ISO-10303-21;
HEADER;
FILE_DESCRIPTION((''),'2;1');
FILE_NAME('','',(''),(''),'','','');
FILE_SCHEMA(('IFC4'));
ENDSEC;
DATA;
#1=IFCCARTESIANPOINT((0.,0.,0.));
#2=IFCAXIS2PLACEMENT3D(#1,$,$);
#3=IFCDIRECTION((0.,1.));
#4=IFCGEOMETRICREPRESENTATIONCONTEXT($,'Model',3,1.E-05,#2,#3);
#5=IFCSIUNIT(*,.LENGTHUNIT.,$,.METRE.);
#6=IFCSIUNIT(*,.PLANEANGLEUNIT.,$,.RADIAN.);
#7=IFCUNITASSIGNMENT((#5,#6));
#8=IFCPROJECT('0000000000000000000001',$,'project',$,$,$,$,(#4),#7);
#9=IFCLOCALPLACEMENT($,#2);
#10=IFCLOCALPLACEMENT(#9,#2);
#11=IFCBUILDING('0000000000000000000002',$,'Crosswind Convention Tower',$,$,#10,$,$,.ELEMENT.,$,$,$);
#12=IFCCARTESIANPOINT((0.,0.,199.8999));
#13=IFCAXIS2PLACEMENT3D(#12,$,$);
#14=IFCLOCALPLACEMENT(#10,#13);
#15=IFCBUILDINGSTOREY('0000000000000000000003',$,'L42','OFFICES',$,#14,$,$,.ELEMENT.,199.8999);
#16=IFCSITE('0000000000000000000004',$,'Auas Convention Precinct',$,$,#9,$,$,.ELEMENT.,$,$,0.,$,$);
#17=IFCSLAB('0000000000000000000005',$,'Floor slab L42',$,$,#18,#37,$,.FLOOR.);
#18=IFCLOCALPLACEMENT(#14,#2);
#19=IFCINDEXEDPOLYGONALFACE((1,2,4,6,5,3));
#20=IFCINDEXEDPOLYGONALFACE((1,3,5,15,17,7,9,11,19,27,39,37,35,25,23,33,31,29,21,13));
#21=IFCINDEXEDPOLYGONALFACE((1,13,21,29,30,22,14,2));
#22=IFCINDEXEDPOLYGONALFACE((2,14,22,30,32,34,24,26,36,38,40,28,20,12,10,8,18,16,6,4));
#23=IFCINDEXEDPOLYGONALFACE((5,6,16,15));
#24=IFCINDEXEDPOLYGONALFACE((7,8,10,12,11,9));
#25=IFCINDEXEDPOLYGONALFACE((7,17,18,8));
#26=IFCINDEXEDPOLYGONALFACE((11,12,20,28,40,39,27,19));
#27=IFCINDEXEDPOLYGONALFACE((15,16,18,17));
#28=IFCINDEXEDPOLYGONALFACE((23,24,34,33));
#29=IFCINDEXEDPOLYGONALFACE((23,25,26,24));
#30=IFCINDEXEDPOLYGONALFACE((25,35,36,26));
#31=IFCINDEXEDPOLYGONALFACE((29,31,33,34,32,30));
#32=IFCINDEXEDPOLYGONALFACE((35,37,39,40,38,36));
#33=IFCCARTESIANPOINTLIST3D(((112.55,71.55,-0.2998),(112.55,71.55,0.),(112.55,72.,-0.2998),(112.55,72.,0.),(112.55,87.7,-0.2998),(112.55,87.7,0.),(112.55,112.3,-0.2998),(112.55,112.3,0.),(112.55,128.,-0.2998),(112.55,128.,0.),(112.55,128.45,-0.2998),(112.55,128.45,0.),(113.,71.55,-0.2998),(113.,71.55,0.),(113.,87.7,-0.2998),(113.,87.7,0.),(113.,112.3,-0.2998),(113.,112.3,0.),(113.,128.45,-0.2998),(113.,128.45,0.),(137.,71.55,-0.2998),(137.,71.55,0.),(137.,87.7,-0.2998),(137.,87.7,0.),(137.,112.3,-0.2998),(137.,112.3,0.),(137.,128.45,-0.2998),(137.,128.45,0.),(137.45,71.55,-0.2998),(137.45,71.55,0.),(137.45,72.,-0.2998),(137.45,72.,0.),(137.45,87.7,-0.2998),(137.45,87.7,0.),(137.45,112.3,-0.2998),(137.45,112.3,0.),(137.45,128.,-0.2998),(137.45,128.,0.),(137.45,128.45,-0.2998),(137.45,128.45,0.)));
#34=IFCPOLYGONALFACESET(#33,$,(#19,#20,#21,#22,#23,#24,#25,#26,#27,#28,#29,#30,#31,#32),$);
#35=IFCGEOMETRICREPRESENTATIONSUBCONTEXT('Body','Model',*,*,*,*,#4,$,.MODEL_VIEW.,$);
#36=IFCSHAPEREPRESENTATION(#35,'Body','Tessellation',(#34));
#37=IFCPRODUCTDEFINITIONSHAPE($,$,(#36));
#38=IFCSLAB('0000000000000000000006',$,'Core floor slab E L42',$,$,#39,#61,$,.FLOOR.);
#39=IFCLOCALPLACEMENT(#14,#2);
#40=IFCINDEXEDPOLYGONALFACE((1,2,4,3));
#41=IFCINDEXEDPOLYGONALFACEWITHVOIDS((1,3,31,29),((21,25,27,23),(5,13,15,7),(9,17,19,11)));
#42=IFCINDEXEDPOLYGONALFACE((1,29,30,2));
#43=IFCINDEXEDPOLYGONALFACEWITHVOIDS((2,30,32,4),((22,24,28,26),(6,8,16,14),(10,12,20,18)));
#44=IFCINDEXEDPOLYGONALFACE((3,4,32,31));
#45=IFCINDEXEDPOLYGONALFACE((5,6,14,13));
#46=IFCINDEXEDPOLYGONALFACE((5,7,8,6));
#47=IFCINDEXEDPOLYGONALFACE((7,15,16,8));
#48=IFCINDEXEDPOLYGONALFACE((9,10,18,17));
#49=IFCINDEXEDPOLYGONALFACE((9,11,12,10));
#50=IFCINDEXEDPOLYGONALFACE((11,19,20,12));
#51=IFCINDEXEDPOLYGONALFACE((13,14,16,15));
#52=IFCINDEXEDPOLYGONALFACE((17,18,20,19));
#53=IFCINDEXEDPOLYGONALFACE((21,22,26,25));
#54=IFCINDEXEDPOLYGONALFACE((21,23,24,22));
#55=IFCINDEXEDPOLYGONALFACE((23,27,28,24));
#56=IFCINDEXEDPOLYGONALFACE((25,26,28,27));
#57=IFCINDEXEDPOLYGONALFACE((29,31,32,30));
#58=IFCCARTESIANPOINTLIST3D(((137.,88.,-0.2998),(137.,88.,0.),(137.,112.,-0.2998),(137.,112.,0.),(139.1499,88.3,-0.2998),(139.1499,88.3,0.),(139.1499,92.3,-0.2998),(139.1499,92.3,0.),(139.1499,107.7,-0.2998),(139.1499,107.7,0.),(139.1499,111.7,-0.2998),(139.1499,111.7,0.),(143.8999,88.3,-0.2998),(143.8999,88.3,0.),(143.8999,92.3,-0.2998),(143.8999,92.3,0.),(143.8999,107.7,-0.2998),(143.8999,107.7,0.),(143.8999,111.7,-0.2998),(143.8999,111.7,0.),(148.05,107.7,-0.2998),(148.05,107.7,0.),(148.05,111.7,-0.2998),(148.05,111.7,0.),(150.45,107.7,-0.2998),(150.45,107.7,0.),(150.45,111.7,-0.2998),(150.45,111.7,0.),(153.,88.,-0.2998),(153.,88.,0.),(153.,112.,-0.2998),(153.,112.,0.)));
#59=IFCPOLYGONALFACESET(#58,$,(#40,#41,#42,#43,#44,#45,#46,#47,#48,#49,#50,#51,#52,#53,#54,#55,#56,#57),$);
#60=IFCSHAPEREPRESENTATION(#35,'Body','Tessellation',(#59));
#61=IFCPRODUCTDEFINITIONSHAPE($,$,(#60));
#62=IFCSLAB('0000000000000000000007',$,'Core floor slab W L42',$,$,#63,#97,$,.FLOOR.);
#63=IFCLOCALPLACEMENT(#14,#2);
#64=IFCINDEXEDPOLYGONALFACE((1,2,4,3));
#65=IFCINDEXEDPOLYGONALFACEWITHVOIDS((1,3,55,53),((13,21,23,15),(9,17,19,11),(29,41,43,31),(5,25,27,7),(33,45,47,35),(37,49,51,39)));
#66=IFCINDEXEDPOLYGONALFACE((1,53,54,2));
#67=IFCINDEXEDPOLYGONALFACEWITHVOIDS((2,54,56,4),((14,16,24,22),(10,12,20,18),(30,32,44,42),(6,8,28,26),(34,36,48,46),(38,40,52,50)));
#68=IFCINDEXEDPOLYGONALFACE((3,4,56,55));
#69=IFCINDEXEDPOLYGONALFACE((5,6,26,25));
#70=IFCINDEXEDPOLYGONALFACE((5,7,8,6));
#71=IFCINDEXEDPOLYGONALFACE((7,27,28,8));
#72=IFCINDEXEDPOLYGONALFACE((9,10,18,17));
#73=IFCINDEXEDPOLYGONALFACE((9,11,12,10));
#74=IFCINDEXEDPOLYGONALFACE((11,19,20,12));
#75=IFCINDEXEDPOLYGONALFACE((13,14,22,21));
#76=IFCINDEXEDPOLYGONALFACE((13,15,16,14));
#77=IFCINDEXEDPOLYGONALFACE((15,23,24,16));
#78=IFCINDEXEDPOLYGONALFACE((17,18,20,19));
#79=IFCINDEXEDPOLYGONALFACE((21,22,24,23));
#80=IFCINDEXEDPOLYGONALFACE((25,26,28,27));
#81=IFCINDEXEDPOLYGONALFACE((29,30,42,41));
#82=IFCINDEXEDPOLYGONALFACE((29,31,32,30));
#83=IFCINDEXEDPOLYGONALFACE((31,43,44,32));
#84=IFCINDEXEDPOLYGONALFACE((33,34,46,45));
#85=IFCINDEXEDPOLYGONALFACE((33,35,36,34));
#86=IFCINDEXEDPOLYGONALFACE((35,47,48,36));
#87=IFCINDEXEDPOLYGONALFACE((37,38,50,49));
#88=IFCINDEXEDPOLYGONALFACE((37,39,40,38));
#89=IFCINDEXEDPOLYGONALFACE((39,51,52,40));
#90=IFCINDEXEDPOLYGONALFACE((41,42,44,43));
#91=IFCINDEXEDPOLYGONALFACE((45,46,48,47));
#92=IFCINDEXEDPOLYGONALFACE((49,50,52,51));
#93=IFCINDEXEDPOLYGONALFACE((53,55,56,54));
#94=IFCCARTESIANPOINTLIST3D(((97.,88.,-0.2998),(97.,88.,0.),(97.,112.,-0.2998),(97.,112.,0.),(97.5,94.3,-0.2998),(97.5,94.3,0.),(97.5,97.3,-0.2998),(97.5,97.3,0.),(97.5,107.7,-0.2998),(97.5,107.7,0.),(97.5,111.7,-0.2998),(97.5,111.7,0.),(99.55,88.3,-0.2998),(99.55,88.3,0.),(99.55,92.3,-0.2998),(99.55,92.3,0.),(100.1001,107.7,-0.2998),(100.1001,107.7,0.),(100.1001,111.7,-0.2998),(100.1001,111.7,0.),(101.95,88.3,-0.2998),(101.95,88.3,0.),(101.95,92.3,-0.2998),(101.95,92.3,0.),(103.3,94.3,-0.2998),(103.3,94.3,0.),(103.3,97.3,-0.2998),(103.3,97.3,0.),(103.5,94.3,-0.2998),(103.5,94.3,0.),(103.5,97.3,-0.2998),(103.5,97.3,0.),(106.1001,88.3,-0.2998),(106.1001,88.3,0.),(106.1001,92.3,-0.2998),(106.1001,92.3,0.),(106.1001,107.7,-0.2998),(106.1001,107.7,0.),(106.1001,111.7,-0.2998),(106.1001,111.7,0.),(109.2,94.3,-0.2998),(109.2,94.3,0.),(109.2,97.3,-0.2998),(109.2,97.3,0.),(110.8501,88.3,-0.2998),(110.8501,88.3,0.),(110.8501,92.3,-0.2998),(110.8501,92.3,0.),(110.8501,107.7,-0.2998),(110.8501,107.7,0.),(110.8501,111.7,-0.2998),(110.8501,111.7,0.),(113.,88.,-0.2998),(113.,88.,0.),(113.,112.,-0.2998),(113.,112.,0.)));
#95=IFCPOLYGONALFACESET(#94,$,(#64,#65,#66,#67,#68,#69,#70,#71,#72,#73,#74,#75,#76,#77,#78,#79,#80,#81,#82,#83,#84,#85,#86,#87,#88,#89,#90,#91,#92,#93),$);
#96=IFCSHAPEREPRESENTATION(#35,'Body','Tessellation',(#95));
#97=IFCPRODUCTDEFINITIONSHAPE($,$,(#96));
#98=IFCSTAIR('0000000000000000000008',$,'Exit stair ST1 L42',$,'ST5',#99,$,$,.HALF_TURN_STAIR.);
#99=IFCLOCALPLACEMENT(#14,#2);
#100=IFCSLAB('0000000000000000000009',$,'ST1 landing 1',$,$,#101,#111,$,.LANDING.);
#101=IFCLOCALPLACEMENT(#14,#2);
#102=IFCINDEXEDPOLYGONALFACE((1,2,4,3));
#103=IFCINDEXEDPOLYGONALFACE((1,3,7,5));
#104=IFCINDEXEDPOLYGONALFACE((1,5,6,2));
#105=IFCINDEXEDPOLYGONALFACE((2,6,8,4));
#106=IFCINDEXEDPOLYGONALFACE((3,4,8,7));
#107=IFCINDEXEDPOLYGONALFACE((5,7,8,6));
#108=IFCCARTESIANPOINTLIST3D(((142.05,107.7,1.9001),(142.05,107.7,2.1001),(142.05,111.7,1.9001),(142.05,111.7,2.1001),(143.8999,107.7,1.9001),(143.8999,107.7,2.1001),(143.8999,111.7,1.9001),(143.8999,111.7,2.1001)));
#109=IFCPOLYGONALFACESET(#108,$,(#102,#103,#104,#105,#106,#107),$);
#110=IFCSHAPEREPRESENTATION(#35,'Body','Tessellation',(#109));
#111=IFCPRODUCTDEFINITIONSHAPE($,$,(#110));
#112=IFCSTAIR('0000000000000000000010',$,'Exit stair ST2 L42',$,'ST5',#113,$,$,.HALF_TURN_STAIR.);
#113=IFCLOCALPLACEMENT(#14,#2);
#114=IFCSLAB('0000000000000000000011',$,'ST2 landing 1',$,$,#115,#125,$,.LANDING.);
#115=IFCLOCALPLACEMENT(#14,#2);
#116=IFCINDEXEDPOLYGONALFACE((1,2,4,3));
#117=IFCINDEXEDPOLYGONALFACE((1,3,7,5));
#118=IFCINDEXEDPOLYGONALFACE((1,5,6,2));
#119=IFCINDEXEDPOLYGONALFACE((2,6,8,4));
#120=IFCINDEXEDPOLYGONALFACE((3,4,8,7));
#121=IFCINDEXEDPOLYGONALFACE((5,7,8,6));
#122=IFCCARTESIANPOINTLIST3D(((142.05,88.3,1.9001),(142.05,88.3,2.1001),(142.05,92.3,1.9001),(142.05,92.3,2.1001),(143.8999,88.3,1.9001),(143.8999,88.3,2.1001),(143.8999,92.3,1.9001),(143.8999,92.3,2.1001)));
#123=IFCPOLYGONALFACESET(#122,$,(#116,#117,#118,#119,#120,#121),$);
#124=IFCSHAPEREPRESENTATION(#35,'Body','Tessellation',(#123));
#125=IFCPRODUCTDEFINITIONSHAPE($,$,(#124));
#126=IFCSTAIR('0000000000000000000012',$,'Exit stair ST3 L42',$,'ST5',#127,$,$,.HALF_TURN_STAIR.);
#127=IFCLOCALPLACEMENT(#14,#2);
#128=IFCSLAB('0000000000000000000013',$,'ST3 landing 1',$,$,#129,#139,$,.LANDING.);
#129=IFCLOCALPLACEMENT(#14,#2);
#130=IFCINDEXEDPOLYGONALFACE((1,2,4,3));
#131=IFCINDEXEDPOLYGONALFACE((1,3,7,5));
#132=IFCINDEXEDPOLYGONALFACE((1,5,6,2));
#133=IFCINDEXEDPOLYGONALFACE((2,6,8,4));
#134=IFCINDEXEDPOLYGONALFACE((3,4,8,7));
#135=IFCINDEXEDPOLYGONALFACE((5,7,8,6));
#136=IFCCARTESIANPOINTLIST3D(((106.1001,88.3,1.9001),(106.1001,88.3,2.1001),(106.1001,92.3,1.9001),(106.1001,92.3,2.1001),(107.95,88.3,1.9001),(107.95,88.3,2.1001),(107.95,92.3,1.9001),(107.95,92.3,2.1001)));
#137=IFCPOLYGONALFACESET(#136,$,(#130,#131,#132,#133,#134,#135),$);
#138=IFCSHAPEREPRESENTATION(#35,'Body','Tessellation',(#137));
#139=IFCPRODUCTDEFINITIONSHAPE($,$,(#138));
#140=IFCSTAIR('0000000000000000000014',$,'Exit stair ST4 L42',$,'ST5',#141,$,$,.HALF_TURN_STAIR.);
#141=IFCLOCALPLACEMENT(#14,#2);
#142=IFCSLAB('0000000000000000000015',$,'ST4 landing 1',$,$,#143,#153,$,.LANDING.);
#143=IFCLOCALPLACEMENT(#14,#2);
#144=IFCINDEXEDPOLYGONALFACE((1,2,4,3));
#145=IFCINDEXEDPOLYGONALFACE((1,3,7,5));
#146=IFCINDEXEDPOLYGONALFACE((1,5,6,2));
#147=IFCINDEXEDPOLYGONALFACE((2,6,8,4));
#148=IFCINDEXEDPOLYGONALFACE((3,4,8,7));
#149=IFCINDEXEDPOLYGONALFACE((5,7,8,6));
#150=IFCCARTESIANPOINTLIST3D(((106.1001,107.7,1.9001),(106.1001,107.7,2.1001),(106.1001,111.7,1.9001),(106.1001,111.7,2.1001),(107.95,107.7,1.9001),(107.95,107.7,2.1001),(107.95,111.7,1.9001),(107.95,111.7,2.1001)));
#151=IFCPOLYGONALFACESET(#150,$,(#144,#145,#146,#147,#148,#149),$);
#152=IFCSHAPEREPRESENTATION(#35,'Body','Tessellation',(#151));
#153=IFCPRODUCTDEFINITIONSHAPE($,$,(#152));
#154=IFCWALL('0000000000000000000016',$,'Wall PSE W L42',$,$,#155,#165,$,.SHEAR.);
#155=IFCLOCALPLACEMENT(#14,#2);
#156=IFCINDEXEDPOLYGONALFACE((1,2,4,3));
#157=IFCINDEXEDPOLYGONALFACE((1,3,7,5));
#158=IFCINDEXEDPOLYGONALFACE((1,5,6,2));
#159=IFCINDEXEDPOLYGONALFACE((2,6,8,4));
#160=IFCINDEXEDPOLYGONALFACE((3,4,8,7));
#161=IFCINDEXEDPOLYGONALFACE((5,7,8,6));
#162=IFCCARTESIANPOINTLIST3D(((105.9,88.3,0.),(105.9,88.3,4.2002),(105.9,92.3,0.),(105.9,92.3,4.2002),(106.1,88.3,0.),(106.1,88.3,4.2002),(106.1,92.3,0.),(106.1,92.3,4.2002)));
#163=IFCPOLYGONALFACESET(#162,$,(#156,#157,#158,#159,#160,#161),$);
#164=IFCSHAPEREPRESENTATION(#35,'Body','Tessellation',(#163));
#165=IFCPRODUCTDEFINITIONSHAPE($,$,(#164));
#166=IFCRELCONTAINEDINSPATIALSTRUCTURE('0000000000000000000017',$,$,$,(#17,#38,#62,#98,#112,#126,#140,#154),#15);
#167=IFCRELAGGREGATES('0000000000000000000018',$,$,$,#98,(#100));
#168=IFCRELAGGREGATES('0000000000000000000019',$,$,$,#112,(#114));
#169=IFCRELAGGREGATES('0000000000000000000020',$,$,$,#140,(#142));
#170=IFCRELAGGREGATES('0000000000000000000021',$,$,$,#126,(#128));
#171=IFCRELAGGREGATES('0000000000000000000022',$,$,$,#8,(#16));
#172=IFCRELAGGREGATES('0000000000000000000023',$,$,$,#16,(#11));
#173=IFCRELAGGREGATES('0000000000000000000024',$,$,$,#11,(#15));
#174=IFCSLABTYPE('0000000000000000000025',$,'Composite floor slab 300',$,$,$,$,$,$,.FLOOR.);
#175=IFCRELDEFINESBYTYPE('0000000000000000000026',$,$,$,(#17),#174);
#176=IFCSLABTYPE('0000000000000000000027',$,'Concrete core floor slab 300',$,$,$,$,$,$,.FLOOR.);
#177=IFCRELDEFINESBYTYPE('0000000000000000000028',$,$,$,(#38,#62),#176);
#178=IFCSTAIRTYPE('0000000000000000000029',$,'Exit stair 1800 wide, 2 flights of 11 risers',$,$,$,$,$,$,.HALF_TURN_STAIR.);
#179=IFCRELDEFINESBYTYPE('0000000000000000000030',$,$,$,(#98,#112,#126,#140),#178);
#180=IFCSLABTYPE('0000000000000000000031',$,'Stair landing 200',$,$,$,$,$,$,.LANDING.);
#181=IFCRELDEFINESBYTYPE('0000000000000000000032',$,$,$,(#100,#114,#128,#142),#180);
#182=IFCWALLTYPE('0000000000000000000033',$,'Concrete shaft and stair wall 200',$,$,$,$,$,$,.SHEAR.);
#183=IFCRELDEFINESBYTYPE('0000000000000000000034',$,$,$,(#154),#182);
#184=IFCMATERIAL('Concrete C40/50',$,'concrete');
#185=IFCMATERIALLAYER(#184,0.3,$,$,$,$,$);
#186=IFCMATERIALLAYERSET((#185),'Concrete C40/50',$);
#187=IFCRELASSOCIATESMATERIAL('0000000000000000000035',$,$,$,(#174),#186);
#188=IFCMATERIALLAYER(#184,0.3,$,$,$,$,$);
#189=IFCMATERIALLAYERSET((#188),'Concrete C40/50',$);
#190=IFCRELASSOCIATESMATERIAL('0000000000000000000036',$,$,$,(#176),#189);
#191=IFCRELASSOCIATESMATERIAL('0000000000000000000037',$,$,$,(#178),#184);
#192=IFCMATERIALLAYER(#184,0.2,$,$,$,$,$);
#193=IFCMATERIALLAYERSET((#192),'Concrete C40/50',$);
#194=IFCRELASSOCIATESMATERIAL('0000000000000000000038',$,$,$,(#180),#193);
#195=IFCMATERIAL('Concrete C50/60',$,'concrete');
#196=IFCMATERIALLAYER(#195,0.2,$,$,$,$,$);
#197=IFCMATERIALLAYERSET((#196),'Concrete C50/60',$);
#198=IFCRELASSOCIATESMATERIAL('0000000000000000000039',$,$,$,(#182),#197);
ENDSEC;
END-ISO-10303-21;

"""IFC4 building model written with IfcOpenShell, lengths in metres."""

from ifc_helpers import new_model, si_unit, direction, frame, frame_2d, origin, place, context, subcontext, project, spatial, polyline, rectangle, outline, extrude, material, layer, layer_set, type_object, element, aggregate, save


model = new_model("IFC4")

# Units and contexts
model_context = context("Model", 3, precision=1e-05, world=origin(), true_north=direction((0.0, 1.0)))
body_context = subcontext(model_context, "Body", "Model", "MODEL_VIEW")
ifc_project = project(units=[si_unit("LENGTHUNIT", "METRE"), si_unit("PLANEANGLEUNIT", "RADIAN")], contexts=[model_context])

# Site, building, storey
site_placement = place(None, origin())
site = spatial("IfcSite", under=ifc_project, at=site_placement, Name="Auas Convention Precinct", CompositionType="ELEMENT", RefElevation=0.0)
building_placement = place(site_placement, origin())
building = spatial("IfcBuilding", under=site, at=building_placement, Name="Crosswind Convention Tower", CompositionType="ELEMENT")
storey_placement = place(building_placement, frame((0.0, 0.0, 199.8999)))
storey = spatial("IfcBuildingStorey", under=building, at=storey_placement, Name="L42", Description="OFFICES", CompositionType="ELEMENT", Elevation=199.8999)

# Slabs
ifc_material_1 = material(Name="Concrete C40/50", Category="concrete")
ifc_layer_1 = layer(ifc_material_1, 0.3)
ifc_layer_set_1 = layer_set([ifc_layer_1], Name="Concrete C40/50")
slab_type_1 = type_object("IfcSlabType", Name="Composite floor slab 300", PredefinedType="FLOOR", material=ifc_layer_set_1)
slab_1_placement = place(storey_placement, frame((0.0, 0.0, -0.2998)))
element("IfcSlab", 1, at=slab_1_placement, inside=storey, type_object=slab_type_1, Name="Floor slab L42", PredefinedType="FLOOR", context=body_context, shape_type="SweptSolid", body=[
    extrude(outline(polyline([(137.45, 71.55), (137.0, 71.55), (113.0, 71.55), (112.55, 71.55), (112.55, 72.0), (112.55, 87.7), (113.0, 87.7), (113.0, 112.3), (112.55, 112.3), (112.55, 128.0), (112.55, 128.45), (113.0, 128.45), (137.0, 128.45), (137.45, 128.45), (137.45, 128.0), (137.45, 112.3), (137.0, 112.3), (137.0, 87.7), (137.45, 87.7), (137.45, 72.0), (137.45, 71.55)])), origin(), (0.0, 0.0, 1.0), 0.2998),
])
ifc_layer_2 = layer(ifc_material_1, 0.3)
ifc_layer_set_2 = layer_set([ifc_layer_2], Name="Concrete C40/50")
slab_type_2 = type_object("IfcSlabType", Name="Concrete core floor slab 300", PredefinedType="FLOOR", material=ifc_layer_set_2)
slab_2_placement = place(storey_placement, frame((0.0, 0.0, -0.2998)))
element("IfcSlab", 2, at=slab_2_placement, inside=storey, type_object=slab_type_2, Name="Core floor slab E L42", PredefinedType="FLOOR", context=body_context, shape_type="SweptSolid", body=[
    extrude(outline(polyline([(137.0, 88.0), (153.0, 88.0), (153.0, 112.0), (137.0, 112.0), (137.0, 88.0)]), holes=[polyline([(150.45, 107.7), (150.45, 111.7), (148.05, 111.7), (148.05, 107.7), (150.45, 107.7)]), polyline([(143.8999, 107.7), (143.8999, 111.7), (139.1499, 111.7), (139.1499, 107.7), (143.8999, 107.7)]), polyline([(143.8999, 88.3), (143.8999, 92.3), (139.1499, 92.3), (139.1499, 88.3), (143.8999, 88.3)])]), origin(), (0.0, 0.0, 1.0), 0.2998),
])
slab_3_placement = place(storey_placement, frame((0.0, 0.0, -0.2998)))
element("IfcSlab", 3, at=slab_3_placement, inside=storey, type_object=slab_type_2, Name="Core floor slab W L42", PredefinedType="FLOOR", context=body_context, shape_type="SweptSolid", body=[
    extrude(outline(polyline([(97.0, 88.0), (113.0, 88.0), (113.0, 112.0), (97.0, 112.0), (97.0, 88.0)]), holes=[polyline([(109.2, 94.3), (109.2, 97.3), (103.5, 97.3), (103.5, 94.3), (109.2, 94.3)]), polyline([(103.3, 94.3), (103.3, 97.3), (97.5, 97.3), (97.5, 94.3), (103.3, 94.3)]), polyline([(101.95, 88.3), (101.95, 92.3), (99.55, 92.3), (99.55, 88.3), (101.95, 88.3)]), polyline([(100.1001, 107.7), (100.1001, 111.7), (97.5, 111.7), (97.5, 107.7), (100.1001, 107.7)]), polyline([(110.8501, 88.3), (110.8501, 92.3), (106.1001, 92.3), (106.1001, 88.3), (110.8501, 88.3)]), polyline([(110.8501, 107.7), (110.8501, 111.7), (106.1001, 111.7), (106.1001, 107.7), (110.8501, 107.7)])]), origin(), (0.0, 0.0, 1.0), 0.2998),
])

# Stairs, slabs
stair_type = type_object("IfcStairType", Name="Exit stair 1800 wide, 2 flights of 11 risers", PredefinedType="HALF_TURN_STAIR", material=ifc_material_1)
stair_1_placement = place(storey_placement, origin())
stair_1 = element("IfcStair", 4, at=stair_1_placement, inside=storey, type_object=stair_type, Name="Exit stair ST1 L42", ObjectType="ST5", PredefinedType="HALF_TURN_STAIR")
ifc_layer_3 = layer(ifc_material_1, 0.2)
ifc_layer_set_3 = layer_set([ifc_layer_3], Name="Concrete C40/50")
slab_type_3 = type_object("IfcSlabType", Name="Stair landing 200", PredefinedType="LANDING", material=ifc_layer_set_3)
slab_4_placement = place(storey_placement, frame((0.0, 0.0, 1.9001)))
slab_4 = element("IfcSlab", 5, at=slab_4_placement, type_object=slab_type_3, Name="ST1 landing 1", PredefinedType="LANDING", context=body_context, shape_type="SweptSolid", body=[
    extrude(outline(polyline([(143.8999, 107.7), (143.8999, 111.7), (142.05, 111.7), (142.05, 107.7), (143.8999, 107.7)])), origin(), (0.0, 0.0, 1.0), 0.2),
])
aggregate(stair_1, [slab_4])
stair_2_placement = place(storey_placement, origin())
stair_2 = element("IfcStair", 6, at=stair_2_placement, inside=storey, type_object=stair_type, Name="Exit stair ST2 L42", ObjectType="ST5", PredefinedType="HALF_TURN_STAIR")
slab_5_placement = place(storey_placement, frame((0.0, 0.0, 1.9001)))
slab_5 = element("IfcSlab", 7, at=slab_5_placement, type_object=slab_type_3, Name="ST2 landing 1", PredefinedType="LANDING", context=body_context, shape_type="SweptSolid", body=[
    extrude(outline(polyline([(143.8999, 88.3), (143.8999, 92.3), (142.05, 92.3), (142.05, 88.3), (143.8999, 88.3)])), origin(), (0.0, 0.0, 1.0), 0.2),
])
aggregate(stair_2, [slab_5])
stair_3_placement = place(storey_placement, origin())
stair_3 = element("IfcStair", 8, at=stair_3_placement, inside=storey, type_object=stair_type, Name="Exit stair ST3 L42", ObjectType="ST5", PredefinedType="HALF_TURN_STAIR")
slab_6_placement = place(storey_placement, frame((0.0, 0.0, 1.9001)))
slab_6 = element("IfcSlab", 9, at=slab_6_placement, type_object=slab_type_3, Name="ST3 landing 1", PredefinedType="LANDING", context=body_context, shape_type="SweptSolid", body=[
    extrude(outline(polyline([(107.95, 88.3), (107.95, 92.3), (106.1001, 92.3), (106.1001, 88.3), (107.95, 88.3)])), origin(), (0.0, 0.0, 1.0), 0.2),
])
stair_4_placement = place(storey_placement, origin())
stair_4 = element("IfcStair", 10, at=stair_4_placement, inside=storey, type_object=stair_type, Name="Exit stair ST4 L42", ObjectType="ST5", PredefinedType="HALF_TURN_STAIR")
slab_7_placement = place(storey_placement, frame((0.0, 0.0, 1.9001)))
slab_7 = element("IfcSlab", 11, at=slab_7_placement, type_object=slab_type_3, Name="ST4 landing 1", PredefinedType="LANDING", context=body_context, shape_type="SweptSolid", body=[
    extrude(outline(polyline([(107.95, 107.7), (107.95, 111.7), (106.1001, 111.7), (106.1001, 107.7), (107.95, 107.7)])), origin(), (0.0, 0.0, 1.0), 0.2),
])
aggregate(stair_4, [slab_7])

# Wall
ifc_material_2 = material(Name="Concrete C50/60", Category="concrete")
ifc_layer_4 = layer(ifc_material_2, 0.2)
ifc_layer_set_4 = layer_set([ifc_layer_4], Name="Concrete C50/60")
wall_type_1 = type_object("IfcWallType", Name="Concrete shaft and stair wall 200", PredefinedType="SHEAR", material=ifc_layer_set_4)
wall_1_placement = place(storey_placement, frame((106.0, 92.3, 0.0), z_axis=(0.0, 0.0, 1.0), x_axis=(0.0, -1.0, 0.0)))
element("IfcWall", 12, at=wall_1_placement, inside=storey, type_object=wall_type_1, Name="Wall PSE W L42", PredefinedType="SHEAR", context=body_context, shape_type="SweptSolid", body=[
    extrude(rectangle(XDim=4.0, YDim=0.2, at=frame_2d((2.0, 0.0))), origin(), (0.0, 0.0, 1.0), 4.2002),
])

aggregate(stair_3, [slab_6])

save(model, "model.ifc")
